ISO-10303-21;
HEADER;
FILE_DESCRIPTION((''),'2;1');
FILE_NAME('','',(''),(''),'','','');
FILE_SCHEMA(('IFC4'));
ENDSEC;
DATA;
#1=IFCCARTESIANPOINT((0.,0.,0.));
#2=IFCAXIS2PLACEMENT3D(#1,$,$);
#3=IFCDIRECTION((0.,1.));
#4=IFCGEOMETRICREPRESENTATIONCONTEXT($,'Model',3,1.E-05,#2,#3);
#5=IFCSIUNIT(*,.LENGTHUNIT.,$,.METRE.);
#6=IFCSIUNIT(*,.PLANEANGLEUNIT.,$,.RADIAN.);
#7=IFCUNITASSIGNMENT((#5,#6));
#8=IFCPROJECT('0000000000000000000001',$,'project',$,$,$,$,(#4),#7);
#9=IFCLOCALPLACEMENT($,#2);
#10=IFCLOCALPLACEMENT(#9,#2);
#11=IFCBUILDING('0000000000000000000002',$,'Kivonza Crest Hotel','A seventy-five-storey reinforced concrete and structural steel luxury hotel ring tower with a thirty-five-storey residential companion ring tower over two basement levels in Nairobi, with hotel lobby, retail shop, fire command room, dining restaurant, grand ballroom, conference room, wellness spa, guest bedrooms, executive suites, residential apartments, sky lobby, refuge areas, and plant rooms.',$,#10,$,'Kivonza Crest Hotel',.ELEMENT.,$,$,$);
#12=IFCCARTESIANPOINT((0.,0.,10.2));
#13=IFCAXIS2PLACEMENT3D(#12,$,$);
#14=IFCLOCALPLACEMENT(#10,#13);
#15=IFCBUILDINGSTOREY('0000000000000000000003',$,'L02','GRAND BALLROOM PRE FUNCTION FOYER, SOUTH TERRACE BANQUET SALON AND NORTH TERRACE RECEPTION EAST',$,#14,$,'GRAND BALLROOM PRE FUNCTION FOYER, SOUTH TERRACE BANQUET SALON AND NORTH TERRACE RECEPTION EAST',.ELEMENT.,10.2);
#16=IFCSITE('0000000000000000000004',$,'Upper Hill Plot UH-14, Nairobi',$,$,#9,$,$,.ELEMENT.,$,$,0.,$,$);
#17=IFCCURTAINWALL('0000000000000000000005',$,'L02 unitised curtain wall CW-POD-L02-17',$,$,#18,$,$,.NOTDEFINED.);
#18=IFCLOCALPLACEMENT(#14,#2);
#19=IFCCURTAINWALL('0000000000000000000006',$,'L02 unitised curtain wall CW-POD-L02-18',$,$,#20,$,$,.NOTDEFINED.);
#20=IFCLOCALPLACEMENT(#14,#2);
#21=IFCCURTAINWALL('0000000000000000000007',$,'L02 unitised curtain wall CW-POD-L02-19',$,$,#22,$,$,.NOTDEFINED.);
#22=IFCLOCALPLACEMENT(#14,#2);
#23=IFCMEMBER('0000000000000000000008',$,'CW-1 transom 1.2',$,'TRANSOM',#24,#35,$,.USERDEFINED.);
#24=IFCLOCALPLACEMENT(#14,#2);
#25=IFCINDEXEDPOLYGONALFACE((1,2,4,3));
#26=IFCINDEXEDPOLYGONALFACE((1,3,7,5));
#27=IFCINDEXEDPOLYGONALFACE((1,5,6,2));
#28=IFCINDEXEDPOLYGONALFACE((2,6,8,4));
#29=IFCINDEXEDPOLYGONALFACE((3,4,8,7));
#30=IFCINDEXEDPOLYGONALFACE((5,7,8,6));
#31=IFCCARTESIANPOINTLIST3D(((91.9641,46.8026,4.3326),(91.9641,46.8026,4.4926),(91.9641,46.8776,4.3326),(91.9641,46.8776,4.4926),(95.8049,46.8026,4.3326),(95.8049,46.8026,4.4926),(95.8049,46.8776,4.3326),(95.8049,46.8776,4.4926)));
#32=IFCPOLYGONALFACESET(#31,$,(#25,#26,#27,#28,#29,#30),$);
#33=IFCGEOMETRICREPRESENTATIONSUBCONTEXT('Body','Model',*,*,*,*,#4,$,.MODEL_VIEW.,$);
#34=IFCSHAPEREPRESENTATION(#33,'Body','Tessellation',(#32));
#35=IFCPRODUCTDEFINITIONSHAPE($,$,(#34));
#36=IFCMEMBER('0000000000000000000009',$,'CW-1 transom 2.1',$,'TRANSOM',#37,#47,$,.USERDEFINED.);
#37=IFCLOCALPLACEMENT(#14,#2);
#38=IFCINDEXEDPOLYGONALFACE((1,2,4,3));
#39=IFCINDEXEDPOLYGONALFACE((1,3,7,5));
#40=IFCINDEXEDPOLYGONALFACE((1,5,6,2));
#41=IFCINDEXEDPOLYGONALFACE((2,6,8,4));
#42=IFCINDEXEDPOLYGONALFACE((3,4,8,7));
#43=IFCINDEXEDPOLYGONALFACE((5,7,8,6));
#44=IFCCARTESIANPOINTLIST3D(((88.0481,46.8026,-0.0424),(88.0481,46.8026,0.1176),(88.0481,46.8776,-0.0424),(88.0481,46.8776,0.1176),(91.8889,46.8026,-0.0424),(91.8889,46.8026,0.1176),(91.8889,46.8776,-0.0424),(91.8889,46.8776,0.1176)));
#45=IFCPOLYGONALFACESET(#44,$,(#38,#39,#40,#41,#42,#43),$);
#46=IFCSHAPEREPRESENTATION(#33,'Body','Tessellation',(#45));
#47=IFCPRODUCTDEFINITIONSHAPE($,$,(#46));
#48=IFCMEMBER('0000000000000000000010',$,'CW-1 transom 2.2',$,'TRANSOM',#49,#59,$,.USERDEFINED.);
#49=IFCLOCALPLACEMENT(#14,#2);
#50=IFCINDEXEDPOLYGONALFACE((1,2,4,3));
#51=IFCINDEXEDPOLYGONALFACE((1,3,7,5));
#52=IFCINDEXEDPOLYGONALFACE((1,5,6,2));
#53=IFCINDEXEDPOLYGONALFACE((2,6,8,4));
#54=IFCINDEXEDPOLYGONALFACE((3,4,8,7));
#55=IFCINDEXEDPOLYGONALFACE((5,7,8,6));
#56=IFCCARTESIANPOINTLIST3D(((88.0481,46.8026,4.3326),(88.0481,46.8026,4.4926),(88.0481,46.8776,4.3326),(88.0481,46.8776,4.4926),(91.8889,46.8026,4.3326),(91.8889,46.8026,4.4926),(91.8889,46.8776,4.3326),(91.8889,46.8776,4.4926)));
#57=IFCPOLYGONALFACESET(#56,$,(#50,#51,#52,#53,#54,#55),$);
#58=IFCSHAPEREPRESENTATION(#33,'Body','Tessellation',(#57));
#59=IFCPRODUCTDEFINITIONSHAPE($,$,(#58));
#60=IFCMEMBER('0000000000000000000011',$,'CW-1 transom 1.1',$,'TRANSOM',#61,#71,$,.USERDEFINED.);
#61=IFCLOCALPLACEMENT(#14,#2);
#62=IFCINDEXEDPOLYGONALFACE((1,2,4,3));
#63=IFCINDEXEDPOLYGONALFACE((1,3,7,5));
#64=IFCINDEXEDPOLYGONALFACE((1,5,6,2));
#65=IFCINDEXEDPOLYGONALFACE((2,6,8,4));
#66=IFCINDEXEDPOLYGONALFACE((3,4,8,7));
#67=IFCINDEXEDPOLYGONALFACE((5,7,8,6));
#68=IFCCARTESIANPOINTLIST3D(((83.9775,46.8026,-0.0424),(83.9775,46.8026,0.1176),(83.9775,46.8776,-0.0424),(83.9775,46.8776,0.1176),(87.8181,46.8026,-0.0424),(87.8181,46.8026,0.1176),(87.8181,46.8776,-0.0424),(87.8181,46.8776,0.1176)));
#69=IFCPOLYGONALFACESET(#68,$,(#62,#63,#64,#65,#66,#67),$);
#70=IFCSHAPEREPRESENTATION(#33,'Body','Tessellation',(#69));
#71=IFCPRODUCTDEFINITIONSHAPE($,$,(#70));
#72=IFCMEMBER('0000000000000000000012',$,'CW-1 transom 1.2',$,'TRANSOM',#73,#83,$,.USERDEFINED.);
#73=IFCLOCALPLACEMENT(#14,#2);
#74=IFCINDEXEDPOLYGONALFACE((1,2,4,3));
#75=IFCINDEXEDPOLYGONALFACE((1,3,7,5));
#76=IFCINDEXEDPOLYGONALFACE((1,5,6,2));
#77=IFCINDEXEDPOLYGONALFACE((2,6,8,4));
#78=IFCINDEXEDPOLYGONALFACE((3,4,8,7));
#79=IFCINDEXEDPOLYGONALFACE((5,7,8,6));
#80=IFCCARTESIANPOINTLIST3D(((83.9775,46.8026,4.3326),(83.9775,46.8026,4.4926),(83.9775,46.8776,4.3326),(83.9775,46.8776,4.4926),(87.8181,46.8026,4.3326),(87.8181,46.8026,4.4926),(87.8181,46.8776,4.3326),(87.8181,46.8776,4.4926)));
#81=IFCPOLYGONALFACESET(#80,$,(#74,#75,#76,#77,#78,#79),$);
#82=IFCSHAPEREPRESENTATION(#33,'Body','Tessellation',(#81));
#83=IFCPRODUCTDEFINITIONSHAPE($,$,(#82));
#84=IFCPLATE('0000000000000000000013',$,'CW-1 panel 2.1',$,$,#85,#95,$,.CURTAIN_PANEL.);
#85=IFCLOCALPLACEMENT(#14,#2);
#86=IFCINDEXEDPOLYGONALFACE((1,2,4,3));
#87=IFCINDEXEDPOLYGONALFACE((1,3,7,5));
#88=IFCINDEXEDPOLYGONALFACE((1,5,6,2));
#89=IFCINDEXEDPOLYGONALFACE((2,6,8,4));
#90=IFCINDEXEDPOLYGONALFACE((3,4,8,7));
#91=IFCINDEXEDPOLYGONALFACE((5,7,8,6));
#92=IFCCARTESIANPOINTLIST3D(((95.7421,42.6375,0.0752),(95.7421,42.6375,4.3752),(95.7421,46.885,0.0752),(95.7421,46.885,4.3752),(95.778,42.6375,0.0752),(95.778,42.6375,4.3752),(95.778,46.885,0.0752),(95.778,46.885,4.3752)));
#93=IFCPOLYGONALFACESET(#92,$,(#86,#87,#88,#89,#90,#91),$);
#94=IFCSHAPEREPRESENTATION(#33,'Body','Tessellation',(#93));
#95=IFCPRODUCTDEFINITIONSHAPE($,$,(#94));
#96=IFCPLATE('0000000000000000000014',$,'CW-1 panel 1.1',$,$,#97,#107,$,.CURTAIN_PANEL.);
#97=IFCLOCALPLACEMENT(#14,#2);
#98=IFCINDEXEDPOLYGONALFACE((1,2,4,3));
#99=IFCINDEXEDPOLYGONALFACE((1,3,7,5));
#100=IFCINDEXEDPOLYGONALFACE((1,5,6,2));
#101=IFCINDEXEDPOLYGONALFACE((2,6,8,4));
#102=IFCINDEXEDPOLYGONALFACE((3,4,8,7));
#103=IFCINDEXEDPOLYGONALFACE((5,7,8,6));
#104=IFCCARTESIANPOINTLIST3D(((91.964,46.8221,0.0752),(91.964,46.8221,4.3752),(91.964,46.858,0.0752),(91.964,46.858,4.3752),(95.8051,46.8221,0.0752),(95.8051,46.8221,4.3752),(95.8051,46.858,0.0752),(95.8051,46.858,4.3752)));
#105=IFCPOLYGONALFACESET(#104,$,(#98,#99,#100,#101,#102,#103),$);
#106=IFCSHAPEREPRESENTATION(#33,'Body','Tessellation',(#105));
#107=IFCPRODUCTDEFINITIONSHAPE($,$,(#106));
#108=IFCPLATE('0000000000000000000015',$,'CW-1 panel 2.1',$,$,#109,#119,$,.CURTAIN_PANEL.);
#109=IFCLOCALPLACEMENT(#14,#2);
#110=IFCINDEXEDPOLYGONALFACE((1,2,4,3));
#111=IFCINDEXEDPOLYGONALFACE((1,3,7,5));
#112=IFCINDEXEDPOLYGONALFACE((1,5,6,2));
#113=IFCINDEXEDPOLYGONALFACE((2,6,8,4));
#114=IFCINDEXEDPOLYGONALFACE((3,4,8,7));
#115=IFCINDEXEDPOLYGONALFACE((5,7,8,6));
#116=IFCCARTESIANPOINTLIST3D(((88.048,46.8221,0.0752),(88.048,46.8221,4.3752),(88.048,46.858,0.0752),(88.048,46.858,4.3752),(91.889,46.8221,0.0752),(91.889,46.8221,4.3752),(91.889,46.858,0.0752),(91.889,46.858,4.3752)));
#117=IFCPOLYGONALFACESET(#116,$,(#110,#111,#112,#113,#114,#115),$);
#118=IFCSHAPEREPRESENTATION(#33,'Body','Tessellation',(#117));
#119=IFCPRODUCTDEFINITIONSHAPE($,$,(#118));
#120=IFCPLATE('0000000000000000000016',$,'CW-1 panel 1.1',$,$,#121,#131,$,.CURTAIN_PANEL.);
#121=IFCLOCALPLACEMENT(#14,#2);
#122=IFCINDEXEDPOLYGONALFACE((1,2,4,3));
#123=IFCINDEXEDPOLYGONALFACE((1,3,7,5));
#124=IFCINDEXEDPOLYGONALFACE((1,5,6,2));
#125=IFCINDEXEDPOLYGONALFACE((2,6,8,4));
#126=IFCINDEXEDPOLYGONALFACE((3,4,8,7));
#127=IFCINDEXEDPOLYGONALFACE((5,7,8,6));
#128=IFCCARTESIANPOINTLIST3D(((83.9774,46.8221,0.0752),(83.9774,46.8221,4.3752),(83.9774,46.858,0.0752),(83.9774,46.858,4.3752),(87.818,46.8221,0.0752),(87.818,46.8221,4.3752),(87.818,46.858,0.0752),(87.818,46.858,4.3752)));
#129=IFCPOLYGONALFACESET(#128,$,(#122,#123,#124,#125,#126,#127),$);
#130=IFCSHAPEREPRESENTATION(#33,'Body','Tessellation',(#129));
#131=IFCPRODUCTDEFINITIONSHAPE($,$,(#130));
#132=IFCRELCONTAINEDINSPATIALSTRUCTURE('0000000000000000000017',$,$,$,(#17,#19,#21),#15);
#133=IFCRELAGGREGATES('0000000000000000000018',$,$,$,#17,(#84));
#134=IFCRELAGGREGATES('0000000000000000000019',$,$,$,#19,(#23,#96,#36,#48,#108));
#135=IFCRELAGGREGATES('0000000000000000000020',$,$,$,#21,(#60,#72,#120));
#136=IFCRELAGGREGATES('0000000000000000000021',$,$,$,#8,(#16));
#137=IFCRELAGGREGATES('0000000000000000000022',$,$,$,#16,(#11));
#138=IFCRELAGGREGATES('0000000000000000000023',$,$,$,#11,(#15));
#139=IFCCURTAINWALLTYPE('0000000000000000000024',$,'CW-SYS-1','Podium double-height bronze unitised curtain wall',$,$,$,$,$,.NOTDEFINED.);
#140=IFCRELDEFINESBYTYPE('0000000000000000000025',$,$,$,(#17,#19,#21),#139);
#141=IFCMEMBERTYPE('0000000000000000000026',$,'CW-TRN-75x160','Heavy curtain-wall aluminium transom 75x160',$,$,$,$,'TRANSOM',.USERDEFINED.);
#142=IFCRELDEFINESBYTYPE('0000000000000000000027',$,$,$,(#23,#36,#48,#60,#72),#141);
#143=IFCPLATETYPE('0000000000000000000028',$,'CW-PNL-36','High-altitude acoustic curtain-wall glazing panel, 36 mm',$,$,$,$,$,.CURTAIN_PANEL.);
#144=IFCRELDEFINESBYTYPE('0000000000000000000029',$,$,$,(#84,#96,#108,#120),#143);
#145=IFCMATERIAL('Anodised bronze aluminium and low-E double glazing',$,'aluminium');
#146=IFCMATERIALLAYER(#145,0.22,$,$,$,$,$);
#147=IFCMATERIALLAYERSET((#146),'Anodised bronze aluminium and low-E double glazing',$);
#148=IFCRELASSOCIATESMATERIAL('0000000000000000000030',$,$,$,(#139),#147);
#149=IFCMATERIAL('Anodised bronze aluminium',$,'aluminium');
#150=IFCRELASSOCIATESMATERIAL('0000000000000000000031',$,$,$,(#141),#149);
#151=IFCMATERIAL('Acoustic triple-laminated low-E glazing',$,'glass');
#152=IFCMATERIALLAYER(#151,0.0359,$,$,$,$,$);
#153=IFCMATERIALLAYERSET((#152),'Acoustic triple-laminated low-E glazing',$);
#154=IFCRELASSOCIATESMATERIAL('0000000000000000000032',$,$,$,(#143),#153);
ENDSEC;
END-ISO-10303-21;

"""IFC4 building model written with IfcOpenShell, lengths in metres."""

from ifc_helpers import new_model, si_unit, direction, frame, origin, origin_2d, place, context, subcontext, project, spatial, rectangle, extrude, material, layer, layer_set, material_profile, profile_set, type_object, element, aggregate, save


model = new_model("IFC4")

# Units and contexts
model_context = context("Model", 3, precision=1e-05, world=origin(), true_north=direction((0.0, 1.0)))
body_context = subcontext(model_context, "Body", "Model", "MODEL_VIEW")
ifc_project = project(units=[si_unit("LENGTHUNIT", "METRE"), si_unit("PLANEANGLEUNIT", "RADIAN")], contexts=[model_context])

# Site, building, storey
site_placement = place(None, origin())
site = spatial("IfcSite", under=ifc_project, at=site_placement, Name="Upper Hill Plot UH-14, Nairobi", CompositionType="ELEMENT", RefElevation=0.0)
building_placement = place(site_placement, origin())
building = spatial("IfcBuilding", under=site, at=building_placement, Name="Kivonza Crest Hotel", Description="A seventy-five-storey reinforced concrete and structural steel luxury hotel ring tower with a thirty-five-storey residential companion ring tower over two basement levels in Nairobi, with hotel lobby, retail shop, fire command room, dining restaurant, grand ballroom, conference room, wellness spa, guest bedrooms, executive suites, residential apartments, sky lobby, refuge areas, and plant rooms.", LongName="Kivonza Crest Hotel", CompositionType="ELEMENT")
storey_placement = place(building_placement, frame((0.0, 0.0, 10.2)))
storey = spatial("IfcBuildingStorey", under=building, at=storey_placement, Name="L02", Description="GRAND BALLROOM PRE FUNCTION FOYER, SOUTH TERRACE BANQUET SALON AND NORTH TERRACE RECEPTION EAST", LongName="GRAND BALLROOM PRE FUNCTION FOYER, SOUTH TERRACE BANQUET SALON AND NORTH TERRACE RECEPTION EAST", CompositionType="ELEMENT", Elevation=10.2)

# Curtain walls
ifc_material_1 = material(Name="Anodised bronze aluminium and low-E double glazing", Category="aluminium")
ifc_layer_1 = layer(ifc_material_1, 0.22)
ifc_layer_set_1 = layer_set([ifc_layer_1], Name="Anodised bronze aluminium and low-E double glazing")
curtain_wall_type = type_object("IfcCurtainWallType", Name="CW-SYS-1", Description="Podium double-height bronze unitised curtain wall", PredefinedType="NOTDEFINED", material=ifc_layer_set_1)
curtain_wall_1_placement = place(storey_placement, origin())
curtain_wall_1 = element("IfcCurtainWall", 1, at=curtain_wall_1_placement, inside=storey, type_object=curtain_wall_type, Name="L02 unitised curtain wall CW-POD-L02-17", PredefinedType="NOTDEFINED")
ifc_material_2 = material(Name="Anodised bronze aluminium", Category="aluminium")
curtain_wall_2_placement = place(storey_placement, origin())
curtain_wall_2 = element("IfcCurtainWall", 2, at=curtain_wall_2_placement, inside=storey, type_object=curtain_wall_type, Name="L02 unitised curtain wall CW-POD-L02-18", PredefinedType="NOTDEFINED")

# Curtain wall
curtain_wall_3_placement = place(storey_placement, origin())
curtain_wall_3 = element("IfcCurtainWall", 3, at=curtain_wall_3_placement, inside=storey, type_object=curtain_wall_type, Name="L02 unitised curtain wall CW-POD-L02-19", PredefinedType="NOTDEFINED")

# Members
ifc_material_profile_1 = material_profile(ifc_material_2, rectangle(XDim=0.075, YDim=0.1599, at=origin_2d()), Name="CW-T 75x160")
ifc_profile_set_1 = profile_set([ifc_material_profile_1], Name="Anodised bronze aluminium")
member_type_1 = type_object("IfcMemberType", Name="CW-TRN-75x160", Description="Heavy curtain-wall aluminium transom 75x160", ElementType="TRANSOM", PredefinedType="USERDEFINED", material=ifc_profile_set_1)
member_1_placement = place(storey_placement, frame((95.8049, 46.8401, 4.4126), z_axis=(-1.0, 0.0, 0.0), x_axis=(0.0, -1.0, 0.0)))
member_1 = element("IfcMember", 4, at=member_1_placement, type_object=member_type_1, Name="CW-1 transom 1.2", ObjectType="TRANSOM", PredefinedType="USERDEFINED", context=body_context, shape_type="SweptSolid", body=[
    extrude(rectangle(XDim=0.075, YDim=0.1599, at=origin_2d()), origin(), (0.0, 0.0, 1.0), 3.8408),
])
member_2_placement = place(storey_placement, frame((91.8889, 46.8401, 0.0376), z_axis=(-1.0, 0.0, 0.0), x_axis=(0.0, -1.0, 0.0)))
member_2 = element("IfcMember", 5, at=member_2_placement, type_object=member_type_1, Name="CW-1 transom 2.1", ObjectType="TRANSOM", PredefinedType="USERDEFINED", context=body_context, shape_type="SweptSolid", body=[
    extrude(rectangle(XDim=0.075, YDim=0.1599, at=origin_2d()), origin(), (0.0, 0.0, 1.0), 3.8408),
])
member_3_placement = place(storey_placement, frame((91.8889, 46.8401, 4.4126), z_axis=(-1.0, 0.0, 0.0), x_axis=(0.0, -1.0, 0.0)))
member_3 = element("IfcMember", 6, at=member_3_placement, type_object=member_type_1, Name="CW-1 transom 2.2", ObjectType="TRANSOM", PredefinedType="USERDEFINED", context=body_context, shape_type="SweptSolid", body=[
    extrude(rectangle(XDim=0.075, YDim=0.1599, at=origin_2d()), origin(), (0.0, 0.0, 1.0), 3.8408),
])
member_4_placement = place(storey_placement, frame((87.8181, 46.8401, 0.0376), z_axis=(-1.0, 0.0, 0.0), x_axis=(0.0, -1.0, 0.0)))
member_4 = element("IfcMember", 7, at=member_4_placement, type_object=member_type_1, Name="CW-1 transom 1.1", ObjectType="TRANSOM", PredefinedType="USERDEFINED", context=body_context, shape_type="SweptSolid", body=[
    extrude(rectangle(XDim=0.075, YDim=0.1599, at=origin_2d()), origin(), (0.0, 0.0, 1.0), 3.8406),
])
member_5_placement = place(storey_placement, frame((87.8181, 46.8401, 4.4126), z_axis=(-1.0, 0.0, 0.0), x_axis=(0.0, -1.0, 0.0)))
member_5 = element("IfcMember", 8, at=member_5_placement, type_object=member_type_1, Name="CW-1 transom 1.2", ObjectType="TRANSOM", PredefinedType="USERDEFINED", context=body_context, shape_type="SweptSolid", body=[
    extrude(rectangle(XDim=0.075, YDim=0.1599, at=origin_2d()), origin(), (0.0, 0.0, 1.0), 3.8406),
])

# Plates
ifc_material_3 = material(Name="Acoustic triple-laminated low-E glazing", Category="glass")
ifc_layer_2 = layer(ifc_material_3, 0.0359)
ifc_layer_set_2 = layer_set([ifc_layer_2], Name="Acoustic triple-laminated low-E glazing")
plate_type = type_object("IfcPlateType", Name="CW-PNL-36", Description="High-altitude acoustic curtain-wall glazing panel, 36 mm", PredefinedType="CURTAIN_PANEL", material=ifc_layer_set_2)
plate_1_placement = place(storey_placement, frame((95.76, 44.7612, 0.0752), z_axis=(0.0, 0.0, 1.0), x_axis=(0.0, 1.0, 0.0)))
plate_1 = element("IfcPlate", 9, at=plate_1_placement, type_object=plate_type, Name="CW-1 panel 2.1", PredefinedType="CURTAIN_PANEL", context=body_context, shape_type="SweptSolid", body=[
    extrude(rectangle(XDim=4.2476, YDim=0.0359, at=origin_2d()), origin(), (0.0, 0.0, 1.0), 4.3),
])
aggregate(curtain_wall_1, [plate_1])
plate_2_placement = place(storey_placement, frame((93.8845, 46.8401, 0.0752), z_axis=(0.0, 0.0, 1.0), x_axis=(-1.0, 0.0, 0.0)))
plate_2 = element("IfcPlate", 10, at=plate_2_placement, type_object=plate_type, Name="CW-1 panel 1.1", PredefinedType="CURTAIN_PANEL", context=body_context, shape_type="SweptSolid", body=[
    extrude(rectangle(XDim=3.8411, YDim=0.0359, at=origin_2d()), origin(), (0.0, 0.0, 1.0), 4.3),
])
plate_3_placement = place(storey_placement, frame((89.9685, 46.8401, 0.0752), z_axis=(0.0, 0.0, 1.0), x_axis=(-1.0, 0.0, 0.0)))
plate_3 = element("IfcPlate", 11, at=plate_3_placement, type_object=plate_type, Name="CW-1 panel 2.1", PredefinedType="CURTAIN_PANEL", context=body_context, shape_type="SweptSolid", body=[
    extrude(rectangle(XDim=3.8411, YDim=0.0359, at=origin_2d()), origin(), (0.0, 0.0, 1.0), 4.3),
])
aggregate(curtain_wall_2, [member_1, plate_2, member_2, member_3, plate_3])
plate_4_placement = place(storey_placement, frame((85.8977, 46.8401, 0.0752), z_axis=(0.0, 0.0, 1.0), x_axis=(-1.0, 0.0, 0.0)))
plate_4 = element("IfcPlate", 12, at=plate_4_placement, type_object=plate_type, Name="CW-1 panel 1.1", PredefinedType="CURTAIN_PANEL", context=body_context, shape_type="SweptSolid", body=[
    extrude(rectangle(XDim=3.8406, YDim=0.0359, at=origin_2d()), origin(), (0.0, 0.0, 1.0), 4.3),
])
aggregate(curtain_wall_3, [member_4, member_5, plate_4])

save(model, "model.ifc")
